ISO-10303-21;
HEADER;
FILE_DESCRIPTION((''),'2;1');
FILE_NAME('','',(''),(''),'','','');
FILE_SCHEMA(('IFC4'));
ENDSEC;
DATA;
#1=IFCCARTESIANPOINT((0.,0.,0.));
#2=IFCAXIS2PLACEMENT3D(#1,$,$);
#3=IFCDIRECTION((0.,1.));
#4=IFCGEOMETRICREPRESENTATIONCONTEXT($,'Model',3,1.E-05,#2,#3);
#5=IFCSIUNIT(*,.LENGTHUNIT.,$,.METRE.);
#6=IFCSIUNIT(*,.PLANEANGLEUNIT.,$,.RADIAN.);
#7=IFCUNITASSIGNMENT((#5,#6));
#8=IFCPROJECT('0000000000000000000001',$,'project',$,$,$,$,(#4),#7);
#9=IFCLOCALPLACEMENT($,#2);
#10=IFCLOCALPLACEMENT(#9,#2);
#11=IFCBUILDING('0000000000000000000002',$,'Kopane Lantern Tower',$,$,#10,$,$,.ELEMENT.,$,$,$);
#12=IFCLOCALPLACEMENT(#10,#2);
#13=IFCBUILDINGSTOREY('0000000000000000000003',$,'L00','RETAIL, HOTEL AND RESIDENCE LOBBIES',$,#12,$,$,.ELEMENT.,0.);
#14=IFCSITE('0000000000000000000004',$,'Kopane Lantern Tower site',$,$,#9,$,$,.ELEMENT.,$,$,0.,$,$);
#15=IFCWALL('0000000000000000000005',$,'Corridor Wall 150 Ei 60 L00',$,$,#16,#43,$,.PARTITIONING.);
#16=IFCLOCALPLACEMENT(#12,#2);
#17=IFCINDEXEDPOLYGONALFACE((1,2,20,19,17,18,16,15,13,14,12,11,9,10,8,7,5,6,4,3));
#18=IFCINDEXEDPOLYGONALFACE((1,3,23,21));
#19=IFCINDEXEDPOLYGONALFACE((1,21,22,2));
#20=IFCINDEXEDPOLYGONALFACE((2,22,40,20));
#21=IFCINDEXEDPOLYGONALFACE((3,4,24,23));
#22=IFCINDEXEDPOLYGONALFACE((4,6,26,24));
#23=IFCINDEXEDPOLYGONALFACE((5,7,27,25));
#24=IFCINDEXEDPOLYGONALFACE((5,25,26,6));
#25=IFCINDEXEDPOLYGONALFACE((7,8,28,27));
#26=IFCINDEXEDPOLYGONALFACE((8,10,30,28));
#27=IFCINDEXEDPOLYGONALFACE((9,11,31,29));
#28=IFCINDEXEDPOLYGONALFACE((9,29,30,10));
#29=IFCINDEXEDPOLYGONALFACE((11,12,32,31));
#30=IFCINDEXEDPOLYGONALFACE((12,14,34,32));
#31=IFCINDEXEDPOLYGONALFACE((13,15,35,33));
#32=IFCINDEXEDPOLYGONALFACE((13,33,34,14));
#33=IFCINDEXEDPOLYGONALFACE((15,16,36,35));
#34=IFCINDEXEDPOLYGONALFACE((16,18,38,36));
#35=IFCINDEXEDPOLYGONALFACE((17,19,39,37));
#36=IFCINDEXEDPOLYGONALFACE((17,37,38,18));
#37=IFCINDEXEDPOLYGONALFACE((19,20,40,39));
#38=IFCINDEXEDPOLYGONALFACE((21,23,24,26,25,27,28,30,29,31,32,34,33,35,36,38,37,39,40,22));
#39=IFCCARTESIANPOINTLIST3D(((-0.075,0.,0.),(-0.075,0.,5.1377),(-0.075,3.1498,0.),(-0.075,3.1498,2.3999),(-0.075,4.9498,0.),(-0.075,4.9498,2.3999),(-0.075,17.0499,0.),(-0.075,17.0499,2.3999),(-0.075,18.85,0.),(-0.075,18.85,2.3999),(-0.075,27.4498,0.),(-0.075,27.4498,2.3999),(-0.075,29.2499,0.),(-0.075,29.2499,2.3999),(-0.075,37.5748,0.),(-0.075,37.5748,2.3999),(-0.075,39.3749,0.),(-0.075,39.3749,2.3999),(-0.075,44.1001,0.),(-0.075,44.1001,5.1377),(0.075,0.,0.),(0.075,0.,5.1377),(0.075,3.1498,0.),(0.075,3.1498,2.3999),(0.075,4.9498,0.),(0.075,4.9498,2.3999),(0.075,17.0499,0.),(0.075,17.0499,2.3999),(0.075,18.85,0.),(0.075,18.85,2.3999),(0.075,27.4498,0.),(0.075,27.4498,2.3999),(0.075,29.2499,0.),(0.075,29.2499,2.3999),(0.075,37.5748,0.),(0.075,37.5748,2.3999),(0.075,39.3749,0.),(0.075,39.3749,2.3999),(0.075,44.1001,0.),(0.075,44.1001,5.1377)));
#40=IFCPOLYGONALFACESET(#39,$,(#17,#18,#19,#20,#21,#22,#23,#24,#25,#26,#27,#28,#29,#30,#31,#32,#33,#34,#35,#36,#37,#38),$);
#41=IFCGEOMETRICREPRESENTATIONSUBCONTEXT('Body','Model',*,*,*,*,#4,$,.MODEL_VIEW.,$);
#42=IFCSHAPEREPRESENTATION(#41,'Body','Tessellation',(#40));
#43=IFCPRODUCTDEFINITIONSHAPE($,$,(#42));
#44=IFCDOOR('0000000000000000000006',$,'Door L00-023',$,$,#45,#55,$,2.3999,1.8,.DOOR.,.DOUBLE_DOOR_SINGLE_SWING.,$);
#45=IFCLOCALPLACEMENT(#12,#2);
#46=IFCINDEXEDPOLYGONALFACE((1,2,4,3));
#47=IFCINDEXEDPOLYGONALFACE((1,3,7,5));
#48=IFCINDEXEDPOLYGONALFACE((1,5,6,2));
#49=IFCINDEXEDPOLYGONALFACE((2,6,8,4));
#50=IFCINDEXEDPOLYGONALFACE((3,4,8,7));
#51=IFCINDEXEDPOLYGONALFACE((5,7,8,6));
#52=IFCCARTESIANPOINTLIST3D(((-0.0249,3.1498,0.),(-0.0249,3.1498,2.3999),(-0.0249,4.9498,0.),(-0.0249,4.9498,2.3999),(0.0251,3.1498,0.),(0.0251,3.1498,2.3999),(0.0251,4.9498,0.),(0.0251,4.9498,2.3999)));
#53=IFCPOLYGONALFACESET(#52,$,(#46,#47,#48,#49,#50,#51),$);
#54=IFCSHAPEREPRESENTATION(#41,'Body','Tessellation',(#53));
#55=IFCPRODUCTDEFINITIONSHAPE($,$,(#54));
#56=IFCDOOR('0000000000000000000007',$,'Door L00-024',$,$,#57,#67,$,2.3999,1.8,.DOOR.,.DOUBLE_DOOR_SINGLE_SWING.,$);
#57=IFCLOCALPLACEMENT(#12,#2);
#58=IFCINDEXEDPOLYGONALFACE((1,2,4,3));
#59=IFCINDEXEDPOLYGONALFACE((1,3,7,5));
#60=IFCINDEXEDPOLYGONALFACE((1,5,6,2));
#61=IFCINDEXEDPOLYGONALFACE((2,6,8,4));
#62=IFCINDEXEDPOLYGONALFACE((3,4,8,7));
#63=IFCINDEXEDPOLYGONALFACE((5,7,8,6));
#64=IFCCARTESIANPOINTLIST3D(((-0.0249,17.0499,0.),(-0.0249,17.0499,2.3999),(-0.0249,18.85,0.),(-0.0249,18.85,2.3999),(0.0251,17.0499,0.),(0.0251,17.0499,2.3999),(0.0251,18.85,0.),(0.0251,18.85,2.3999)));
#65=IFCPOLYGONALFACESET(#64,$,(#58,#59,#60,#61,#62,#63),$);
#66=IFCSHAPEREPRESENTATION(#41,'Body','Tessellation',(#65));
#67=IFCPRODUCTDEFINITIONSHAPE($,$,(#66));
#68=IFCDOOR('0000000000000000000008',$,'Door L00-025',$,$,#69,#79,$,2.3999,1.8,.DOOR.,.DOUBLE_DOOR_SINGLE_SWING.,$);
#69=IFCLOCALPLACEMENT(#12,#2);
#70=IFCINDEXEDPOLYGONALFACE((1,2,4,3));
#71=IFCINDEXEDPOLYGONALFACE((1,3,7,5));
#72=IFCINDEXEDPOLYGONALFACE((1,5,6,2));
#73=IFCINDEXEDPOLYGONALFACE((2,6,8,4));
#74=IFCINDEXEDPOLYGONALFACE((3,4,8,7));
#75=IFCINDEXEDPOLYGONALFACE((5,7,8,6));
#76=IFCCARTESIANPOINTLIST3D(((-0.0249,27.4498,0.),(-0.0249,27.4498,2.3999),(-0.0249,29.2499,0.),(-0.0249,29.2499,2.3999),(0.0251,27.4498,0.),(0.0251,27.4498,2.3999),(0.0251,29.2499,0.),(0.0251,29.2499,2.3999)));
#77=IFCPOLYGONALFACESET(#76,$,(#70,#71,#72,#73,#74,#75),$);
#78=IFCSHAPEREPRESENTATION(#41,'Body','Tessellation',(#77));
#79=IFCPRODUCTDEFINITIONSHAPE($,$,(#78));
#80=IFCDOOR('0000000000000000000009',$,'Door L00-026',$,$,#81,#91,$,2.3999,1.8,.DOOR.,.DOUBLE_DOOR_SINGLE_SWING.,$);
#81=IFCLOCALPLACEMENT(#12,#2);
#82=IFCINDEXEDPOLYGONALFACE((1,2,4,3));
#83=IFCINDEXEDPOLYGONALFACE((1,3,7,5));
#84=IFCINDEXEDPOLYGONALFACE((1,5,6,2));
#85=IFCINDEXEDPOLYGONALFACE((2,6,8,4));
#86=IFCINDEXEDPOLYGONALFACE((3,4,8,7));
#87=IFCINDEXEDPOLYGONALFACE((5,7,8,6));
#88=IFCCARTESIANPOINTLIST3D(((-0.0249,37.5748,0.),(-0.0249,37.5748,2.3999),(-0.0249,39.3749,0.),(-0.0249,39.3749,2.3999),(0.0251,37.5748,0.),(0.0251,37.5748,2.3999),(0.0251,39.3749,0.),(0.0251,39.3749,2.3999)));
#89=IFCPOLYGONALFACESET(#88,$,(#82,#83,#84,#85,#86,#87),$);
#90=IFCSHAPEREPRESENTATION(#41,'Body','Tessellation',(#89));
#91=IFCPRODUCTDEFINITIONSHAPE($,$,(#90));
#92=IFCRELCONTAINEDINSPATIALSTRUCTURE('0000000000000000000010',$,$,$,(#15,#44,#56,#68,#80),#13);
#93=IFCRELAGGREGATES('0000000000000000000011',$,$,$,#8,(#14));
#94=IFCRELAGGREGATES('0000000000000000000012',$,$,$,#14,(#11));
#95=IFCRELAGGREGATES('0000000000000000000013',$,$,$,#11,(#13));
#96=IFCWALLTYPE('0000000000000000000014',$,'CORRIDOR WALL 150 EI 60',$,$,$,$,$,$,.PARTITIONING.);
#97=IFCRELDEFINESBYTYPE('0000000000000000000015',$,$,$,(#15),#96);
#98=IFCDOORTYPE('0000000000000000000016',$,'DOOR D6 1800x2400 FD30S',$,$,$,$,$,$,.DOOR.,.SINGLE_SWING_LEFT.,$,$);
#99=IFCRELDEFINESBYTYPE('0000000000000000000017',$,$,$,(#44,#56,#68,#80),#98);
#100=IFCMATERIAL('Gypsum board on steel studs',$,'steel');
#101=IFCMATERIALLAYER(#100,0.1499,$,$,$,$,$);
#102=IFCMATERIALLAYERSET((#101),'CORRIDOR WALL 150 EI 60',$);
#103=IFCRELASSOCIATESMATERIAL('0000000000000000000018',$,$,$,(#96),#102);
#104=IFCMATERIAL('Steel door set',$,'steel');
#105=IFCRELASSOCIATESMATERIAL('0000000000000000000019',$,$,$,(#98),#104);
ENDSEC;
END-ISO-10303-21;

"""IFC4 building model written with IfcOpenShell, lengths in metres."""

from ifc_helpers import new_model, si_unit, direction, frame, frame_2d, origin, place, context, subcontext, project, spatial, rectangle, extrude, material, layer, layer_set, type_object, element, fill, save


model = new_model("IFC4")

# Units and contexts
model_context = context("Model", 3, precision=1e-05, world=origin(), true_north=direction((0.0, 1.0)))
body_context = subcontext(model_context, "Body", "Model", "MODEL_VIEW")
ifc_project = project(units=[si_unit("LENGTHUNIT", "METRE"), si_unit("PLANEANGLEUNIT", "RADIAN")], contexts=[model_context])

# Site, building, storey
site_placement = place(None, origin())
site = spatial("IfcSite", under=ifc_project, at=site_placement, Name="Kopane Lantern Tower site", CompositionType="ELEMENT", RefElevation=0.0)
building_placement = place(site_placement, origin())
building = spatial("IfcBuilding", under=site, at=building_placement, Name="Kopane Lantern Tower", CompositionType="ELEMENT")
storey_placement = place(building_placement, origin())
storey = spatial("IfcBuildingStorey", under=building, at=storey_placement, Name="L00", Description="RETAIL, HOTEL AND RESIDENCE LOBBIES", CompositionType="ELEMENT", Elevation=0.0)

# Wall, openings, doors
ifc_material_1 = material(Name="Gypsum board on steel studs", Category="steel")
ifc_layer_1 = layer(ifc_material_1, 0.1499)
ifc_layer_set_1 = layer_set([ifc_layer_1], Name="CORRIDOR WALL 150 EI 60")
wall_type = type_object("IfcWallType", Name="CORRIDOR WALL 150 EI 60", PredefinedType="PARTITIONING", material=ifc_layer_set_1)
ifc_material_2 = material(Name="Steel door set", Category="steel")
door_type_1 = type_object("IfcDoorType", Name="DOOR D6 1800x2400 FD30S", OperationType="SINGLE_SWING_LEFT", PredefinedType="DOOR", material=ifc_material_2)
wall_1_placement = place(storey_placement, frame((0.0, 0.0, 0.0), z_axis=(0.0, 0.0, 1.0), x_axis=(0.0, 1.0, 0.0)))
wall_1 = element("IfcWall", 1, at=wall_1_placement, inside=storey, type_object=wall_type, Name="Corridor Wall 150 Ei 60 L00", PredefinedType="PARTITIONING", context=body_context, shape_type="SweptSolid", body=[
    extrude(rectangle(XDim=44.1001, YDim=0.1499, at=frame_2d((22.05, 0.0))), origin(), (0.0, 0.0, 1.0), 5.1377),
])
opening_1_placement = place(wall_1_placement, frame((3.1499, 0.0, 0.0)))
opening_1 = element("IfcOpeningElement", 2, at=opening_1_placement, cuts=wall_1, PredefinedType="OPENING", context=body_context, shape_type="SweptSolid", body=[
    extrude(rectangle(XDim=1.8, YDim=2.3999, at=frame_2d((0.8999, 1.2))), frame((0.0, 0.085, 0.0), z_axis=(0.0, -1.0, 0.0), x_axis=(1.0, 0.0, 0.0)), (0.0, 0.0, 1.0), 0.1699),
])
opening_2_placement = place(wall_1_placement, frame((17.05, 0.0, 0.0)))
opening_2 = element("IfcOpeningElement", 3, at=opening_2_placement, cuts=wall_1, PredefinedType="OPENING", context=body_context, shape_type="SweptSolid", body=[
    extrude(rectangle(XDim=1.8, YDim=2.3999, at=frame_2d((0.8999, 1.2))), frame((0.0, 0.085, 0.0), z_axis=(0.0, -1.0, 0.0), x_axis=(1.0, 0.0, 0.0)), (0.0, 0.0, 1.0), 0.1699),
])
opening_3_placement = place(wall_1_placement, frame((27.45, 0.0, 0.0)))
opening_3 = element("IfcOpeningElement", 4, at=opening_3_placement, cuts=wall_1, PredefinedType="OPENING", context=body_context, shape_type="SweptSolid", body=[
    extrude(rectangle(XDim=1.8, YDim=2.3999, at=frame_2d((0.8999, 1.2))), frame((0.0, 0.085, 0.0), z_axis=(0.0, -1.0, 0.0), x_axis=(1.0, 0.0, 0.0)), (0.0, 0.0, 1.0), 0.1699),
])
opening_4_placement = place(wall_1_placement, frame((37.575, 0.0, 0.0)))
opening_4 = element("IfcOpeningElement", 5, at=opening_4_placement, cuts=wall_1, PredefinedType="OPENING", context=body_context, shape_type="SweptSolid", body=[
    extrude(rectangle(XDim=1.8, YDim=2.3999, at=frame_2d((0.8999, 1.2))), frame((0.0, 0.085, 0.0), z_axis=(0.0, -1.0, 0.0), x_axis=(1.0, 0.0, 0.0)), (0.0, 0.0, 1.0), 0.1699),
])
door_1_placement = place(opening_1_placement, origin())
door_1 = element("IfcDoor", 6, at=door_1_placement, inside=storey, type_object=door_type_1, Name="Door L00-023", OperationType="DOUBLE_DOOR_SINGLE_SWING", OverallHeight=2.3999, OverallWidth=1.8, PredefinedType="DOOR", context=body_context, shape_type="SweptSolid", body=[
    extrude(rectangle(XDim=1.8, YDim=2.3999, at=frame_2d((0.8999, 1.2))), frame((0.0, 0.0249, 0.0), z_axis=(0.0, -1.0, 0.0), x_axis=(1.0, 0.0, 0.0)), (0.0, 0.0, 1.0), 0.05),
])
fill(opening_1, door_1)
door_2_placement = place(opening_2_placement, origin())
door_2 = element("IfcDoor", 7, at=door_2_placement, inside=storey, type_object=door_type_1, Name="Door L00-024", OperationType="DOUBLE_DOOR_SINGLE_SWING", OverallHeight=2.3999, OverallWidth=1.8, PredefinedType="DOOR", context=body_context, shape_type="SweptSolid", body=[
    extrude(rectangle(XDim=1.8, YDim=2.3999, at=frame_2d((0.8999, 1.2))), frame((0.0, 0.0249, 0.0), z_axis=(0.0, -1.0, 0.0), x_axis=(1.0, 0.0, 0.0)), (0.0, 0.0, 1.0), 0.05),
])
fill(opening_2, door_2)
door_3_placement = place(opening_3_placement, origin())
door_3 = element("IfcDoor", 8, at=door_3_placement, inside=storey, type_object=door_type_1, Name="Door L00-025", OperationType="DOUBLE_DOOR_SINGLE_SWING", OverallHeight=2.3999, OverallWidth=1.8, PredefinedType="DOOR", context=body_context, shape_type="SweptSolid", body=[
    extrude(rectangle(XDim=1.8, YDim=2.3999, at=frame_2d((0.8999, 1.2))), frame((0.0, 0.0249, 0.0), z_axis=(0.0, -1.0, 0.0), x_axis=(1.0, 0.0, 0.0)), (0.0, 0.0, 1.0), 0.05),
])
fill(opening_3, door_3)
door_4_placement = place(opening_4_placement, origin())
door_4 = element("IfcDoor", 9, at=door_4_placement, inside=storey, type_object=door_type_1, Name="Door L00-026", OperationType="DOUBLE_DOOR_SINGLE_SWING", OverallHeight=2.3999, OverallWidth=1.8, PredefinedType="DOOR", context=body_context, shape_type="SweptSolid", body=[
    extrude(rectangle(XDim=1.8, YDim=2.3999, at=frame_2d((0.8999, 1.2))), frame((0.0, 0.0249, 0.0), z_axis=(0.0, -1.0, 0.0), x_axis=(1.0, 0.0, 0.0)), (0.0, 0.0, 1.0), 0.05),
])
fill(opening_4, door_4)

save(model, "model.ifc")
